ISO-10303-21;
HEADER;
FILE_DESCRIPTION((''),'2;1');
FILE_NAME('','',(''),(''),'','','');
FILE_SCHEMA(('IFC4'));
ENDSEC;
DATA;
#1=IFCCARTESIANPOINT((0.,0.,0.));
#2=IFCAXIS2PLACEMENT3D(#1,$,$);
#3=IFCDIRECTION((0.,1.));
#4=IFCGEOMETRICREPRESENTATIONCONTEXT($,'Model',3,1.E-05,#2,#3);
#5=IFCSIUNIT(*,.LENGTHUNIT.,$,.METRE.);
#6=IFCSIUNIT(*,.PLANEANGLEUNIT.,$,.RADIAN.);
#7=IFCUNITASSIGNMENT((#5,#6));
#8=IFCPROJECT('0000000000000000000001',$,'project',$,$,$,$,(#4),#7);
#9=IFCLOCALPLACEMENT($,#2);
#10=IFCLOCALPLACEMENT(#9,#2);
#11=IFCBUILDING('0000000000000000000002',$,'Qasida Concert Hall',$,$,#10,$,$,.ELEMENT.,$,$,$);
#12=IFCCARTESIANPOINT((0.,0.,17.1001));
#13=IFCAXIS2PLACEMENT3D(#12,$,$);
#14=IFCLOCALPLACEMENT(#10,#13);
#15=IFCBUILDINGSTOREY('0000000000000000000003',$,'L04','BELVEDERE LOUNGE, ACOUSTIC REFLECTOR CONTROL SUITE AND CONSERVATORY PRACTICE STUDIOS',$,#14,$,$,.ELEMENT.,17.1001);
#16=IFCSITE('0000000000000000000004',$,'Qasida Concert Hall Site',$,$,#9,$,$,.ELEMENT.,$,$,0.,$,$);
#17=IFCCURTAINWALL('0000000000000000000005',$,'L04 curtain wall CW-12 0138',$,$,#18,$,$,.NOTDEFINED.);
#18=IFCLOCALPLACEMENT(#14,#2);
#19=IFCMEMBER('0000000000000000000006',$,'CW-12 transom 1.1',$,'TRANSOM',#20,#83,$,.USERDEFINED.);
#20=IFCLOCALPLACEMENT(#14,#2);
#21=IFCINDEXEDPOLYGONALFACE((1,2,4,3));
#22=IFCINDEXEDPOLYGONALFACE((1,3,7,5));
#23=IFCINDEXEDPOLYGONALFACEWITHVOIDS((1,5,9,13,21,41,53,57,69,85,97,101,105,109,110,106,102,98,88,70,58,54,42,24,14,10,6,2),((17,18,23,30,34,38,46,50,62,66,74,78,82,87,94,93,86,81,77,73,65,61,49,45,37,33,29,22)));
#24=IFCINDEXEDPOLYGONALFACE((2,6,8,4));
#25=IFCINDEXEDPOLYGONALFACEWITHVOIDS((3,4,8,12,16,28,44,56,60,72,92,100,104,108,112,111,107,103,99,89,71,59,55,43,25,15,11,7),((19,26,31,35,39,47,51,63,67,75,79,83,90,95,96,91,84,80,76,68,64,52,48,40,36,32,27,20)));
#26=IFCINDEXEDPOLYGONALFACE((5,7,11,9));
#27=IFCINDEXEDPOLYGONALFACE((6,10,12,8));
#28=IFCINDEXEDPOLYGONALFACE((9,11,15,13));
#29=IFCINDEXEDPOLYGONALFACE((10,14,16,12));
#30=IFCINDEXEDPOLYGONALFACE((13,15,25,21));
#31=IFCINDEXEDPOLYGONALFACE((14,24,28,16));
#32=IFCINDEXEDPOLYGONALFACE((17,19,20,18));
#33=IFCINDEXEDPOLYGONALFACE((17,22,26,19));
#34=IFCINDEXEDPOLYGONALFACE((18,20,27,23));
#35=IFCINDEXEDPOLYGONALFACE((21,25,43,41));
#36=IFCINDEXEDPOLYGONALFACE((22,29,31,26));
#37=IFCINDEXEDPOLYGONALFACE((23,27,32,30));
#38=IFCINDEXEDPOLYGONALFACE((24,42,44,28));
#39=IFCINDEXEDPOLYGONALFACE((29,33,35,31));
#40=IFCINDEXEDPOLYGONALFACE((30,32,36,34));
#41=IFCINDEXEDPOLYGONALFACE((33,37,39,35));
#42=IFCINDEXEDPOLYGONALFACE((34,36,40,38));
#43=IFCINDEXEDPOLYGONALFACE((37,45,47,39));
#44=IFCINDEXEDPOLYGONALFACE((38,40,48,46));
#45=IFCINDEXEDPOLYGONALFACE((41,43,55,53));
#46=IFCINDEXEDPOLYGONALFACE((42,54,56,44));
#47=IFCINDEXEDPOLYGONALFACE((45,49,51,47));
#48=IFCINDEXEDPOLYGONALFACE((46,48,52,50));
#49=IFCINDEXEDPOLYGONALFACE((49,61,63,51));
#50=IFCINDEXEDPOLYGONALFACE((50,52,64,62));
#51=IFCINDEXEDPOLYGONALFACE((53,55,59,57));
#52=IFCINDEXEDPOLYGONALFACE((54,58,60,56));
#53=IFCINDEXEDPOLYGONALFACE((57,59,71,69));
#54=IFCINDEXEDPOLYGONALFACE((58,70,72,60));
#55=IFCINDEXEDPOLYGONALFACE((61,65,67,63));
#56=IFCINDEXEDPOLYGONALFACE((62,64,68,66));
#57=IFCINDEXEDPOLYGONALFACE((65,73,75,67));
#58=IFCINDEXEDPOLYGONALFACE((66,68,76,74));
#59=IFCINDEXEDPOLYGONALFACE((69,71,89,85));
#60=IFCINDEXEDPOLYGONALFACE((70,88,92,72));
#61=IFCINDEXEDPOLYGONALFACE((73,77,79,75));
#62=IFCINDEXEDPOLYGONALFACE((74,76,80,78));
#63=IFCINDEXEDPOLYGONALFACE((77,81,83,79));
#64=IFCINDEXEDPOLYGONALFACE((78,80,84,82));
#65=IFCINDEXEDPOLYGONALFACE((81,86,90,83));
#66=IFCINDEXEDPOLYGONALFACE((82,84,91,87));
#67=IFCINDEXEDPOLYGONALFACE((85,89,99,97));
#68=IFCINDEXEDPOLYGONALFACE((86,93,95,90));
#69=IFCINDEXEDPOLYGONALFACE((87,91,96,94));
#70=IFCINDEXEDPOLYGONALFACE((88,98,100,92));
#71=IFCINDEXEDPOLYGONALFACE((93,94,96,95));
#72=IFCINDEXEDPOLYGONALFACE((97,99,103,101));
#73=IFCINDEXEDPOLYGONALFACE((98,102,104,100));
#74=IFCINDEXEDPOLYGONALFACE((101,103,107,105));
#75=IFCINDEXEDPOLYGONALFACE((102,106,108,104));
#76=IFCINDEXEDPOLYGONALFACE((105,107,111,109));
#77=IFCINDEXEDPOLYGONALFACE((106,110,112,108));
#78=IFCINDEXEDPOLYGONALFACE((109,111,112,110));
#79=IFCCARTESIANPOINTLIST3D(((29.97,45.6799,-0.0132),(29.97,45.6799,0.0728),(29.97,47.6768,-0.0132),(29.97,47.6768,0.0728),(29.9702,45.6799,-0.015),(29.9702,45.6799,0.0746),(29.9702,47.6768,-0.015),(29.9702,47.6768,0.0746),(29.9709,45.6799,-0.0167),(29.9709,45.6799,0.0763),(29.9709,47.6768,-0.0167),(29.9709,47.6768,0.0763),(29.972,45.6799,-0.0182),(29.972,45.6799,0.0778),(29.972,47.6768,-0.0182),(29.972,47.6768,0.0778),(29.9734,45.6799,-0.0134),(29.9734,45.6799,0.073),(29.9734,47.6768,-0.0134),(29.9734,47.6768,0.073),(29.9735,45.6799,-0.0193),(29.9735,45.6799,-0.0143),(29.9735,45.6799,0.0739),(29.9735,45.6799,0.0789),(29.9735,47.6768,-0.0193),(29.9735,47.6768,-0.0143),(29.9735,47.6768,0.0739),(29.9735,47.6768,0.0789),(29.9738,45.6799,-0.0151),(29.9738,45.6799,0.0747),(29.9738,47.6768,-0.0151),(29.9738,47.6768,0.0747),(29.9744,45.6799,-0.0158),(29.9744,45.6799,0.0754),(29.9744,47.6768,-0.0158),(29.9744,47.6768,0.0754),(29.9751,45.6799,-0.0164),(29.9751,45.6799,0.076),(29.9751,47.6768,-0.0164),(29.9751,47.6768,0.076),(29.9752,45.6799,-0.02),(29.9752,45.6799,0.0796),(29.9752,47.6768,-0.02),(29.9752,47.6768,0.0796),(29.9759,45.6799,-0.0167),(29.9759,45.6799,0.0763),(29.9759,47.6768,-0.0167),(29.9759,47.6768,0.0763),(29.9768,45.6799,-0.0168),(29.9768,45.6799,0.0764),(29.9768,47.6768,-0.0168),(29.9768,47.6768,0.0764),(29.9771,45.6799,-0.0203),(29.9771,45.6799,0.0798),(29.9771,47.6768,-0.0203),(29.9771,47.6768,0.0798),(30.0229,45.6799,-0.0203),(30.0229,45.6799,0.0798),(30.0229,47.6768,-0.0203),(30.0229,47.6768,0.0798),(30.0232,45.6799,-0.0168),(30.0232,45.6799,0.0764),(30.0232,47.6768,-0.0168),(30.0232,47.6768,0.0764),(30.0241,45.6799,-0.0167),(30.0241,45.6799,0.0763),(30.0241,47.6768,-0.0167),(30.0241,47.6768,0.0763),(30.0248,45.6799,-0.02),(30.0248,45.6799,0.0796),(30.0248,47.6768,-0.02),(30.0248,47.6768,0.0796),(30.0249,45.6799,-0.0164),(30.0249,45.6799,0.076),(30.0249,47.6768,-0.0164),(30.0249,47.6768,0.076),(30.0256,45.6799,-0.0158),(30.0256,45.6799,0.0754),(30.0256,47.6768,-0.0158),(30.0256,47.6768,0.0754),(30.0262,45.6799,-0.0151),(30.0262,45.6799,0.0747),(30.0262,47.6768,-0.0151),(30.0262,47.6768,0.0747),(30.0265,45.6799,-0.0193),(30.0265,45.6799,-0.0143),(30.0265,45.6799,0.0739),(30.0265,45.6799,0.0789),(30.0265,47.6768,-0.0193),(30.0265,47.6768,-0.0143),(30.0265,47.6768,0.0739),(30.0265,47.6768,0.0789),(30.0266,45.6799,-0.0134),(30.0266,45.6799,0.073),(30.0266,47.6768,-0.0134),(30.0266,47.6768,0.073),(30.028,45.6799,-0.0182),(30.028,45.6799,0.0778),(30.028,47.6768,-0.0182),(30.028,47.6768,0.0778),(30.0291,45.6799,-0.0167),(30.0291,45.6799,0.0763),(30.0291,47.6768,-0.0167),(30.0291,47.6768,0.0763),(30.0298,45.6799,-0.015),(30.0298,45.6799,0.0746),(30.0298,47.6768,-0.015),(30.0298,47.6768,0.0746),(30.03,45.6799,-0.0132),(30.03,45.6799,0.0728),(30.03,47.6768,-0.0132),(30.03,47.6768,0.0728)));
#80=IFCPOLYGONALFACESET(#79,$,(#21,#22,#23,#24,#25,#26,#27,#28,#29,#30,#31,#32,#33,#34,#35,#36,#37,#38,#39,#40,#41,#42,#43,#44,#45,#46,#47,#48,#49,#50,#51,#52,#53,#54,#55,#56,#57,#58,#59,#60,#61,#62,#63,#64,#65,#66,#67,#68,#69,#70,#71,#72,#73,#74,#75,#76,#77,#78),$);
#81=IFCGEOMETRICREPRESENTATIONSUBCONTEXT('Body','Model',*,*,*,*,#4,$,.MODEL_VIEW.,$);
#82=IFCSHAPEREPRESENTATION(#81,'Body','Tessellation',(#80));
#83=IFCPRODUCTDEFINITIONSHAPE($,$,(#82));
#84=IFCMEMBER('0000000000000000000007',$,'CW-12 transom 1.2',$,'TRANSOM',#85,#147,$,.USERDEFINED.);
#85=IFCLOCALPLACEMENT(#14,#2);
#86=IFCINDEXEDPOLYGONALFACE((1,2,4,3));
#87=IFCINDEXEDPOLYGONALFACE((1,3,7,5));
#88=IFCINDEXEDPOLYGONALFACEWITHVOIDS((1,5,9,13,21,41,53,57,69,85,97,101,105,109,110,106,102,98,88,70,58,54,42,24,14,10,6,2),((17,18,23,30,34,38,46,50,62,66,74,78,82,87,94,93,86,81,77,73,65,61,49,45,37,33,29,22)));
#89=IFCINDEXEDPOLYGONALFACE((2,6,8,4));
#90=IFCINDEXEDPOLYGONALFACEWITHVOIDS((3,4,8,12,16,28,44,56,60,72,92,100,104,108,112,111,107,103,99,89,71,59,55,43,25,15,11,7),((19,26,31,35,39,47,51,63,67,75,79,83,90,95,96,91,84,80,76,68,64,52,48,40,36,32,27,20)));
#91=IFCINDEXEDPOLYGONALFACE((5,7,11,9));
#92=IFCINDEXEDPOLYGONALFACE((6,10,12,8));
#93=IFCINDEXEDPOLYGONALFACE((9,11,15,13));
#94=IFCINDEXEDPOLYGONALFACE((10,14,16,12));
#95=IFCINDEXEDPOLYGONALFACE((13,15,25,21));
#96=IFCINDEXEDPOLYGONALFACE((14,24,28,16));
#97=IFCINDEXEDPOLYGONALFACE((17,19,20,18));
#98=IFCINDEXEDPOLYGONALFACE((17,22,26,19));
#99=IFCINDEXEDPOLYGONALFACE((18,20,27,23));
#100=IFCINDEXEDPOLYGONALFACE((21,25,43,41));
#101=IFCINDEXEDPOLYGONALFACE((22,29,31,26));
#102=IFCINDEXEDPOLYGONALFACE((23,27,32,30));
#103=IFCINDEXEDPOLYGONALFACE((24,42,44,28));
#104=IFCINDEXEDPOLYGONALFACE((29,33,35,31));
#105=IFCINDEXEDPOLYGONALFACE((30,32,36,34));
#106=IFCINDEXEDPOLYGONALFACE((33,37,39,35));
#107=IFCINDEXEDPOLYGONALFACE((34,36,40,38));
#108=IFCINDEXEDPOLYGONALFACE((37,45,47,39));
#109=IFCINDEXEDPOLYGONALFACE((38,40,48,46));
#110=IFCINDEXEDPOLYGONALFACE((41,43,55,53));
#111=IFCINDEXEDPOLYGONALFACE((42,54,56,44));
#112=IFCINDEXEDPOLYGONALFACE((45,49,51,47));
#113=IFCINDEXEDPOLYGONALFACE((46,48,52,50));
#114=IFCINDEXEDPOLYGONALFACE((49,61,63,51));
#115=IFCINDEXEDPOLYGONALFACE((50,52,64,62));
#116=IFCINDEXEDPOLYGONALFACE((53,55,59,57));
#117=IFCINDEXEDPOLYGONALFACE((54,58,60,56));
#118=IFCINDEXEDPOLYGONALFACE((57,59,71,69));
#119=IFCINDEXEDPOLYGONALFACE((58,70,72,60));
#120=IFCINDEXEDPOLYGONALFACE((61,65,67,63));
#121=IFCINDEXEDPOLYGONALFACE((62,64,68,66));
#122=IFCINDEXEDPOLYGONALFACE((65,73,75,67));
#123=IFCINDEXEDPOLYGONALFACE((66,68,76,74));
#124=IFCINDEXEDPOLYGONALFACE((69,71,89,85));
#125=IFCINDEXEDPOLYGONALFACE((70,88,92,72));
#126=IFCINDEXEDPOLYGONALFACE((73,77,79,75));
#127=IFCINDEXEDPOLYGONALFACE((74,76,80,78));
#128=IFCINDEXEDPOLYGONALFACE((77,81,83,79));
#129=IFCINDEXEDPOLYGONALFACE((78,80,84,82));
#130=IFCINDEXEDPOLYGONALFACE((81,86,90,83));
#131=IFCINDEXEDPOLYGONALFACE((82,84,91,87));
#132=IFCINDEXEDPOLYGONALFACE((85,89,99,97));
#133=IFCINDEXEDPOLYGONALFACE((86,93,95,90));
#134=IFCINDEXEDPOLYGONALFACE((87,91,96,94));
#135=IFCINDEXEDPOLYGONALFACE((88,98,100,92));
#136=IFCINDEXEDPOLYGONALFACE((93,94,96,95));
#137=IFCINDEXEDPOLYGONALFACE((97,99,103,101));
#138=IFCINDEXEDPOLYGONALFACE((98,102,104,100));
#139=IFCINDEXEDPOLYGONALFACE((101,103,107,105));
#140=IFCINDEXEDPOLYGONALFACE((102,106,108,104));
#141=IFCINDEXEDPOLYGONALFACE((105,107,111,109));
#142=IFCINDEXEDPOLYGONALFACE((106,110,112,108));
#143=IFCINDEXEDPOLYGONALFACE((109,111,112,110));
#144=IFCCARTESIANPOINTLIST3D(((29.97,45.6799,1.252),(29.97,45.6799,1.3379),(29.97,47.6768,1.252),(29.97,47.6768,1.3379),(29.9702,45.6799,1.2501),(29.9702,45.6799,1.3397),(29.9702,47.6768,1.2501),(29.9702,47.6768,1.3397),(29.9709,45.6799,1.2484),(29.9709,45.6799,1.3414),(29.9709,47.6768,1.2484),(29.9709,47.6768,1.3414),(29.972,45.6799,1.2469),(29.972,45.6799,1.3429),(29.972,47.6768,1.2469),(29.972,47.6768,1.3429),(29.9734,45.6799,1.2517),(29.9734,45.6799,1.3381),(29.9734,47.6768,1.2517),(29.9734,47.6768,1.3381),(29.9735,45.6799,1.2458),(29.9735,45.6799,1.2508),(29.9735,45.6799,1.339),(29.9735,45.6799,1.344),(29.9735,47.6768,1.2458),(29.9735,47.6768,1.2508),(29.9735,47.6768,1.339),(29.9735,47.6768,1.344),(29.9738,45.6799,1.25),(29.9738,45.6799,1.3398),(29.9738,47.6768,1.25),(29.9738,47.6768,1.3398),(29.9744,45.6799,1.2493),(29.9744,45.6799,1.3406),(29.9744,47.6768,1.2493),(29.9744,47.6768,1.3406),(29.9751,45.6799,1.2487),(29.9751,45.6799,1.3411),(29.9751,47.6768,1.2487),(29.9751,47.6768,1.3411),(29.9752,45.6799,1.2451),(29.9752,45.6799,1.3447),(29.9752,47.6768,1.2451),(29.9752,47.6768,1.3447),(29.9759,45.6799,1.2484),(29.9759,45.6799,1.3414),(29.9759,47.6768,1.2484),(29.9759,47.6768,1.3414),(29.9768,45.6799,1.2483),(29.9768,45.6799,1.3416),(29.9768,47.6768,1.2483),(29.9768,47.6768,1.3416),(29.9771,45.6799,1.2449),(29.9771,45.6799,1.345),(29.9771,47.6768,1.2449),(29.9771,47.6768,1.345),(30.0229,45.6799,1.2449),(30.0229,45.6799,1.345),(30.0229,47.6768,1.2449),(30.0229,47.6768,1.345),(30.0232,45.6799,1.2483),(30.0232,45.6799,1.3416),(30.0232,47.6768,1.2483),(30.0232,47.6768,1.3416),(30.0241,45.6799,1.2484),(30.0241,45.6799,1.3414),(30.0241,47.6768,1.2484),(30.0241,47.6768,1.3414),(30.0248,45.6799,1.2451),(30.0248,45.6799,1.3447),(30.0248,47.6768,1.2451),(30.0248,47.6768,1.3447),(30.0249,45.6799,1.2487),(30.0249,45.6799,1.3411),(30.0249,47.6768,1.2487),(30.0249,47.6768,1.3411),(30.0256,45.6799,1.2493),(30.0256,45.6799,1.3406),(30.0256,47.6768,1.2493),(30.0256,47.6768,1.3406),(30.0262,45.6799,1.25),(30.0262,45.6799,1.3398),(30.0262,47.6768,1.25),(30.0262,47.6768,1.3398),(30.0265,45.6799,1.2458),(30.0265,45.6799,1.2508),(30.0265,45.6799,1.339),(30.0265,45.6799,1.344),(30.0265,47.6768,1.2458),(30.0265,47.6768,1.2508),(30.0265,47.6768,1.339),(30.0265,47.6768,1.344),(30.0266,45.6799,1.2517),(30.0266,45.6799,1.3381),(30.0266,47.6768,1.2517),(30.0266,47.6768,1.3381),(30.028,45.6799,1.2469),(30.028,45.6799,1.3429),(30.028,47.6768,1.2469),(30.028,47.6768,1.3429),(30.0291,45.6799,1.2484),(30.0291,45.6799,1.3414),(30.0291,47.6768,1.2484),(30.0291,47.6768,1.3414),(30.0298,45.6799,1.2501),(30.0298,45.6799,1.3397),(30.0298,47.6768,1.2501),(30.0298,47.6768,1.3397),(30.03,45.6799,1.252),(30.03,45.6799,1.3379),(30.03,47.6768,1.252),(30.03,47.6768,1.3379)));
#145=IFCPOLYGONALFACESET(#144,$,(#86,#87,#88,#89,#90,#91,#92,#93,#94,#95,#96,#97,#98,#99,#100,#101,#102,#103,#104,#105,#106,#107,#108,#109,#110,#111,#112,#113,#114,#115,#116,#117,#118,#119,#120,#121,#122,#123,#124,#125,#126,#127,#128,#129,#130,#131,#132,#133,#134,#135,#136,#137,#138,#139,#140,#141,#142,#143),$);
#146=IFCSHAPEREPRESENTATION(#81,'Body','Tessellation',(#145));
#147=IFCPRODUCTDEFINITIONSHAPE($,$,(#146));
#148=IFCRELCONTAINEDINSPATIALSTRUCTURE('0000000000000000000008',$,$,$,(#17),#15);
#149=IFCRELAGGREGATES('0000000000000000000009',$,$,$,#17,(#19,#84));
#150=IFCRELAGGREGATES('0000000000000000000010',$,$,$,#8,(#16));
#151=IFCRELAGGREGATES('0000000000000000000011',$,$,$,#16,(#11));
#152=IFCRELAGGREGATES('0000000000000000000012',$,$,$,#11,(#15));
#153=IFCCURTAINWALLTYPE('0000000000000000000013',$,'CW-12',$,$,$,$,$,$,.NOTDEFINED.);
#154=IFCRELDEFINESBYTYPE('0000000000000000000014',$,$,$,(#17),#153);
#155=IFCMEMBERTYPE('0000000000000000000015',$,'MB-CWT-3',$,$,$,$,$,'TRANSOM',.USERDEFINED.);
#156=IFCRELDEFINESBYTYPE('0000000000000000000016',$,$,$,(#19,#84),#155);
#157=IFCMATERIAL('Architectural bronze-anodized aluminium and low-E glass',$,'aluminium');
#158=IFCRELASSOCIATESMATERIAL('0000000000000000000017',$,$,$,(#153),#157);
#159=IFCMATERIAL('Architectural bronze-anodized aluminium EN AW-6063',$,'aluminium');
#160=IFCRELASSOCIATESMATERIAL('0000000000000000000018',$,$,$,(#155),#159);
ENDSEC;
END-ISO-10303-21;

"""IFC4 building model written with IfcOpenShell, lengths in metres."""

from ifc_helpers import new_model, si_unit, direction, frame, origin, origin_2d, place, context, subcontext, project, spatial, hollow_rectangle, extrude, material, material_profile, profile_set, type_object, element, aggregate, save


model = new_model("IFC4")

# Units and contexts
model_context = context("Model", 3, precision=1e-05, world=origin(), true_north=direction((0.0, 1.0)))
body_context = subcontext(model_context, "Body", "Model", "MODEL_VIEW")
ifc_project = project(units=[si_unit("LENGTHUNIT", "METRE"), si_unit("PLANEANGLEUNIT", "RADIAN")], contexts=[model_context])

# Site, building, storey
site_placement = place(None, origin())
site = spatial("IfcSite", under=ifc_project, at=site_placement, Name="Qasida Concert Hall Site", CompositionType="ELEMENT", RefElevation=0.0)
building_placement = place(site_placement, origin())
building = spatial("IfcBuilding", under=site, at=building_placement, Name="Qasida Concert Hall", CompositionType="ELEMENT")
storey_placement = place(building_placement, frame((0.0, 0.0, 17.1001)))
storey = spatial("IfcBuildingStorey", under=building, at=storey_placement, Name="L04", Description="BELVEDERE LOUNGE, ACOUSTIC REFLECTOR CONTROL SUITE AND CONSERVATORY PRACTICE STUDIOS", CompositionType="ELEMENT", Elevation=17.1001)

# Shared definitions
ifc_material_1 = material(Name="Architectural bronze-anodized aluminium and low-E glass", Category="aluminium")
ifc_material_2 = material(Name="Architectural bronze-anodized aluminium EN AW-6063", Category="aluminium")

# Curtain wall
curtain_wall_type_1 = type_object("IfcCurtainWallType", Name="CW-12", PredefinedType="NOTDEFINED", material=ifc_material_1)
curtain_wall_1_placement = place(storey_placement, origin())
curtain_wall_1 = element("IfcCurtainWall", 1, at=curtain_wall_1_placement, inside=storey, type_object=curtain_wall_type_1, Name="L04 curtain wall CW-12 0138", PredefinedType="NOTDEFINED")

# Members
ifc_material_profile_1 = material_profile(ifc_material_2, hollow_rectangle(XDim=0.0601, YDim=0.1001, WallThickness=0.0034, InnerFilletRadius=0.0034, OuterFilletRadius=0.0071, at=origin_2d()), Name="CWT 100x60x3.5")
ifc_profile_set_1 = profile_set([ifc_material_profile_1], Name="Architectural bronze-anodized aluminium EN AW-6063")
member_type_1 = type_object("IfcMemberType", Name="MB-CWT-3", ElementType="TRANSOM", PredefinedType="USERDEFINED", material=ifc_profile_set_1)
member_1_placement = place(storey_placement, frame((30.0, 45.6799, 0.0298), z_axis=(0.0, 1.0, 0.0), x_axis=(-1.0, 0.0, 0.0)))
member_1 = element("IfcMember", 2, at=member_1_placement, type_object=member_type_1, Name="CW-12 transom 1.1", ObjectType="TRANSOM", PredefinedType="USERDEFINED", context=body_context, shape_type="SweptSolid", body=[
    extrude(hollow_rectangle(XDim=0.0601, YDim=0.1001, WallThickness=0.0034, InnerFilletRadius=0.0034, OuterFilletRadius=0.0071, at=origin_2d()), origin(), (0.0, 0.0, 1.0), 1.9968),
])
member_2_placement = place(storey_placement, frame((30.0, 45.6799, 1.2949), z_axis=(0.0, 1.0, 0.0), x_axis=(-1.0, 0.0, 0.0)))
member_2 = element("IfcMember", 3, at=member_2_placement, type_object=member_type_1, Name="CW-12 transom 1.2", ObjectType="TRANSOM", PredefinedType="USERDEFINED", context=body_context, shape_type="SweptSolid", body=[
    extrude(hollow_rectangle(XDim=0.0601, YDim=0.1001, WallThickness=0.0034, InnerFilletRadius=0.0034, OuterFilletRadius=0.0071, at=origin_2d()), origin(), (0.0, 0.0, 1.0), 1.9968),
])

aggregate(curtain_wall_1, [member_1, member_2])

save(model, "model.ifc")
